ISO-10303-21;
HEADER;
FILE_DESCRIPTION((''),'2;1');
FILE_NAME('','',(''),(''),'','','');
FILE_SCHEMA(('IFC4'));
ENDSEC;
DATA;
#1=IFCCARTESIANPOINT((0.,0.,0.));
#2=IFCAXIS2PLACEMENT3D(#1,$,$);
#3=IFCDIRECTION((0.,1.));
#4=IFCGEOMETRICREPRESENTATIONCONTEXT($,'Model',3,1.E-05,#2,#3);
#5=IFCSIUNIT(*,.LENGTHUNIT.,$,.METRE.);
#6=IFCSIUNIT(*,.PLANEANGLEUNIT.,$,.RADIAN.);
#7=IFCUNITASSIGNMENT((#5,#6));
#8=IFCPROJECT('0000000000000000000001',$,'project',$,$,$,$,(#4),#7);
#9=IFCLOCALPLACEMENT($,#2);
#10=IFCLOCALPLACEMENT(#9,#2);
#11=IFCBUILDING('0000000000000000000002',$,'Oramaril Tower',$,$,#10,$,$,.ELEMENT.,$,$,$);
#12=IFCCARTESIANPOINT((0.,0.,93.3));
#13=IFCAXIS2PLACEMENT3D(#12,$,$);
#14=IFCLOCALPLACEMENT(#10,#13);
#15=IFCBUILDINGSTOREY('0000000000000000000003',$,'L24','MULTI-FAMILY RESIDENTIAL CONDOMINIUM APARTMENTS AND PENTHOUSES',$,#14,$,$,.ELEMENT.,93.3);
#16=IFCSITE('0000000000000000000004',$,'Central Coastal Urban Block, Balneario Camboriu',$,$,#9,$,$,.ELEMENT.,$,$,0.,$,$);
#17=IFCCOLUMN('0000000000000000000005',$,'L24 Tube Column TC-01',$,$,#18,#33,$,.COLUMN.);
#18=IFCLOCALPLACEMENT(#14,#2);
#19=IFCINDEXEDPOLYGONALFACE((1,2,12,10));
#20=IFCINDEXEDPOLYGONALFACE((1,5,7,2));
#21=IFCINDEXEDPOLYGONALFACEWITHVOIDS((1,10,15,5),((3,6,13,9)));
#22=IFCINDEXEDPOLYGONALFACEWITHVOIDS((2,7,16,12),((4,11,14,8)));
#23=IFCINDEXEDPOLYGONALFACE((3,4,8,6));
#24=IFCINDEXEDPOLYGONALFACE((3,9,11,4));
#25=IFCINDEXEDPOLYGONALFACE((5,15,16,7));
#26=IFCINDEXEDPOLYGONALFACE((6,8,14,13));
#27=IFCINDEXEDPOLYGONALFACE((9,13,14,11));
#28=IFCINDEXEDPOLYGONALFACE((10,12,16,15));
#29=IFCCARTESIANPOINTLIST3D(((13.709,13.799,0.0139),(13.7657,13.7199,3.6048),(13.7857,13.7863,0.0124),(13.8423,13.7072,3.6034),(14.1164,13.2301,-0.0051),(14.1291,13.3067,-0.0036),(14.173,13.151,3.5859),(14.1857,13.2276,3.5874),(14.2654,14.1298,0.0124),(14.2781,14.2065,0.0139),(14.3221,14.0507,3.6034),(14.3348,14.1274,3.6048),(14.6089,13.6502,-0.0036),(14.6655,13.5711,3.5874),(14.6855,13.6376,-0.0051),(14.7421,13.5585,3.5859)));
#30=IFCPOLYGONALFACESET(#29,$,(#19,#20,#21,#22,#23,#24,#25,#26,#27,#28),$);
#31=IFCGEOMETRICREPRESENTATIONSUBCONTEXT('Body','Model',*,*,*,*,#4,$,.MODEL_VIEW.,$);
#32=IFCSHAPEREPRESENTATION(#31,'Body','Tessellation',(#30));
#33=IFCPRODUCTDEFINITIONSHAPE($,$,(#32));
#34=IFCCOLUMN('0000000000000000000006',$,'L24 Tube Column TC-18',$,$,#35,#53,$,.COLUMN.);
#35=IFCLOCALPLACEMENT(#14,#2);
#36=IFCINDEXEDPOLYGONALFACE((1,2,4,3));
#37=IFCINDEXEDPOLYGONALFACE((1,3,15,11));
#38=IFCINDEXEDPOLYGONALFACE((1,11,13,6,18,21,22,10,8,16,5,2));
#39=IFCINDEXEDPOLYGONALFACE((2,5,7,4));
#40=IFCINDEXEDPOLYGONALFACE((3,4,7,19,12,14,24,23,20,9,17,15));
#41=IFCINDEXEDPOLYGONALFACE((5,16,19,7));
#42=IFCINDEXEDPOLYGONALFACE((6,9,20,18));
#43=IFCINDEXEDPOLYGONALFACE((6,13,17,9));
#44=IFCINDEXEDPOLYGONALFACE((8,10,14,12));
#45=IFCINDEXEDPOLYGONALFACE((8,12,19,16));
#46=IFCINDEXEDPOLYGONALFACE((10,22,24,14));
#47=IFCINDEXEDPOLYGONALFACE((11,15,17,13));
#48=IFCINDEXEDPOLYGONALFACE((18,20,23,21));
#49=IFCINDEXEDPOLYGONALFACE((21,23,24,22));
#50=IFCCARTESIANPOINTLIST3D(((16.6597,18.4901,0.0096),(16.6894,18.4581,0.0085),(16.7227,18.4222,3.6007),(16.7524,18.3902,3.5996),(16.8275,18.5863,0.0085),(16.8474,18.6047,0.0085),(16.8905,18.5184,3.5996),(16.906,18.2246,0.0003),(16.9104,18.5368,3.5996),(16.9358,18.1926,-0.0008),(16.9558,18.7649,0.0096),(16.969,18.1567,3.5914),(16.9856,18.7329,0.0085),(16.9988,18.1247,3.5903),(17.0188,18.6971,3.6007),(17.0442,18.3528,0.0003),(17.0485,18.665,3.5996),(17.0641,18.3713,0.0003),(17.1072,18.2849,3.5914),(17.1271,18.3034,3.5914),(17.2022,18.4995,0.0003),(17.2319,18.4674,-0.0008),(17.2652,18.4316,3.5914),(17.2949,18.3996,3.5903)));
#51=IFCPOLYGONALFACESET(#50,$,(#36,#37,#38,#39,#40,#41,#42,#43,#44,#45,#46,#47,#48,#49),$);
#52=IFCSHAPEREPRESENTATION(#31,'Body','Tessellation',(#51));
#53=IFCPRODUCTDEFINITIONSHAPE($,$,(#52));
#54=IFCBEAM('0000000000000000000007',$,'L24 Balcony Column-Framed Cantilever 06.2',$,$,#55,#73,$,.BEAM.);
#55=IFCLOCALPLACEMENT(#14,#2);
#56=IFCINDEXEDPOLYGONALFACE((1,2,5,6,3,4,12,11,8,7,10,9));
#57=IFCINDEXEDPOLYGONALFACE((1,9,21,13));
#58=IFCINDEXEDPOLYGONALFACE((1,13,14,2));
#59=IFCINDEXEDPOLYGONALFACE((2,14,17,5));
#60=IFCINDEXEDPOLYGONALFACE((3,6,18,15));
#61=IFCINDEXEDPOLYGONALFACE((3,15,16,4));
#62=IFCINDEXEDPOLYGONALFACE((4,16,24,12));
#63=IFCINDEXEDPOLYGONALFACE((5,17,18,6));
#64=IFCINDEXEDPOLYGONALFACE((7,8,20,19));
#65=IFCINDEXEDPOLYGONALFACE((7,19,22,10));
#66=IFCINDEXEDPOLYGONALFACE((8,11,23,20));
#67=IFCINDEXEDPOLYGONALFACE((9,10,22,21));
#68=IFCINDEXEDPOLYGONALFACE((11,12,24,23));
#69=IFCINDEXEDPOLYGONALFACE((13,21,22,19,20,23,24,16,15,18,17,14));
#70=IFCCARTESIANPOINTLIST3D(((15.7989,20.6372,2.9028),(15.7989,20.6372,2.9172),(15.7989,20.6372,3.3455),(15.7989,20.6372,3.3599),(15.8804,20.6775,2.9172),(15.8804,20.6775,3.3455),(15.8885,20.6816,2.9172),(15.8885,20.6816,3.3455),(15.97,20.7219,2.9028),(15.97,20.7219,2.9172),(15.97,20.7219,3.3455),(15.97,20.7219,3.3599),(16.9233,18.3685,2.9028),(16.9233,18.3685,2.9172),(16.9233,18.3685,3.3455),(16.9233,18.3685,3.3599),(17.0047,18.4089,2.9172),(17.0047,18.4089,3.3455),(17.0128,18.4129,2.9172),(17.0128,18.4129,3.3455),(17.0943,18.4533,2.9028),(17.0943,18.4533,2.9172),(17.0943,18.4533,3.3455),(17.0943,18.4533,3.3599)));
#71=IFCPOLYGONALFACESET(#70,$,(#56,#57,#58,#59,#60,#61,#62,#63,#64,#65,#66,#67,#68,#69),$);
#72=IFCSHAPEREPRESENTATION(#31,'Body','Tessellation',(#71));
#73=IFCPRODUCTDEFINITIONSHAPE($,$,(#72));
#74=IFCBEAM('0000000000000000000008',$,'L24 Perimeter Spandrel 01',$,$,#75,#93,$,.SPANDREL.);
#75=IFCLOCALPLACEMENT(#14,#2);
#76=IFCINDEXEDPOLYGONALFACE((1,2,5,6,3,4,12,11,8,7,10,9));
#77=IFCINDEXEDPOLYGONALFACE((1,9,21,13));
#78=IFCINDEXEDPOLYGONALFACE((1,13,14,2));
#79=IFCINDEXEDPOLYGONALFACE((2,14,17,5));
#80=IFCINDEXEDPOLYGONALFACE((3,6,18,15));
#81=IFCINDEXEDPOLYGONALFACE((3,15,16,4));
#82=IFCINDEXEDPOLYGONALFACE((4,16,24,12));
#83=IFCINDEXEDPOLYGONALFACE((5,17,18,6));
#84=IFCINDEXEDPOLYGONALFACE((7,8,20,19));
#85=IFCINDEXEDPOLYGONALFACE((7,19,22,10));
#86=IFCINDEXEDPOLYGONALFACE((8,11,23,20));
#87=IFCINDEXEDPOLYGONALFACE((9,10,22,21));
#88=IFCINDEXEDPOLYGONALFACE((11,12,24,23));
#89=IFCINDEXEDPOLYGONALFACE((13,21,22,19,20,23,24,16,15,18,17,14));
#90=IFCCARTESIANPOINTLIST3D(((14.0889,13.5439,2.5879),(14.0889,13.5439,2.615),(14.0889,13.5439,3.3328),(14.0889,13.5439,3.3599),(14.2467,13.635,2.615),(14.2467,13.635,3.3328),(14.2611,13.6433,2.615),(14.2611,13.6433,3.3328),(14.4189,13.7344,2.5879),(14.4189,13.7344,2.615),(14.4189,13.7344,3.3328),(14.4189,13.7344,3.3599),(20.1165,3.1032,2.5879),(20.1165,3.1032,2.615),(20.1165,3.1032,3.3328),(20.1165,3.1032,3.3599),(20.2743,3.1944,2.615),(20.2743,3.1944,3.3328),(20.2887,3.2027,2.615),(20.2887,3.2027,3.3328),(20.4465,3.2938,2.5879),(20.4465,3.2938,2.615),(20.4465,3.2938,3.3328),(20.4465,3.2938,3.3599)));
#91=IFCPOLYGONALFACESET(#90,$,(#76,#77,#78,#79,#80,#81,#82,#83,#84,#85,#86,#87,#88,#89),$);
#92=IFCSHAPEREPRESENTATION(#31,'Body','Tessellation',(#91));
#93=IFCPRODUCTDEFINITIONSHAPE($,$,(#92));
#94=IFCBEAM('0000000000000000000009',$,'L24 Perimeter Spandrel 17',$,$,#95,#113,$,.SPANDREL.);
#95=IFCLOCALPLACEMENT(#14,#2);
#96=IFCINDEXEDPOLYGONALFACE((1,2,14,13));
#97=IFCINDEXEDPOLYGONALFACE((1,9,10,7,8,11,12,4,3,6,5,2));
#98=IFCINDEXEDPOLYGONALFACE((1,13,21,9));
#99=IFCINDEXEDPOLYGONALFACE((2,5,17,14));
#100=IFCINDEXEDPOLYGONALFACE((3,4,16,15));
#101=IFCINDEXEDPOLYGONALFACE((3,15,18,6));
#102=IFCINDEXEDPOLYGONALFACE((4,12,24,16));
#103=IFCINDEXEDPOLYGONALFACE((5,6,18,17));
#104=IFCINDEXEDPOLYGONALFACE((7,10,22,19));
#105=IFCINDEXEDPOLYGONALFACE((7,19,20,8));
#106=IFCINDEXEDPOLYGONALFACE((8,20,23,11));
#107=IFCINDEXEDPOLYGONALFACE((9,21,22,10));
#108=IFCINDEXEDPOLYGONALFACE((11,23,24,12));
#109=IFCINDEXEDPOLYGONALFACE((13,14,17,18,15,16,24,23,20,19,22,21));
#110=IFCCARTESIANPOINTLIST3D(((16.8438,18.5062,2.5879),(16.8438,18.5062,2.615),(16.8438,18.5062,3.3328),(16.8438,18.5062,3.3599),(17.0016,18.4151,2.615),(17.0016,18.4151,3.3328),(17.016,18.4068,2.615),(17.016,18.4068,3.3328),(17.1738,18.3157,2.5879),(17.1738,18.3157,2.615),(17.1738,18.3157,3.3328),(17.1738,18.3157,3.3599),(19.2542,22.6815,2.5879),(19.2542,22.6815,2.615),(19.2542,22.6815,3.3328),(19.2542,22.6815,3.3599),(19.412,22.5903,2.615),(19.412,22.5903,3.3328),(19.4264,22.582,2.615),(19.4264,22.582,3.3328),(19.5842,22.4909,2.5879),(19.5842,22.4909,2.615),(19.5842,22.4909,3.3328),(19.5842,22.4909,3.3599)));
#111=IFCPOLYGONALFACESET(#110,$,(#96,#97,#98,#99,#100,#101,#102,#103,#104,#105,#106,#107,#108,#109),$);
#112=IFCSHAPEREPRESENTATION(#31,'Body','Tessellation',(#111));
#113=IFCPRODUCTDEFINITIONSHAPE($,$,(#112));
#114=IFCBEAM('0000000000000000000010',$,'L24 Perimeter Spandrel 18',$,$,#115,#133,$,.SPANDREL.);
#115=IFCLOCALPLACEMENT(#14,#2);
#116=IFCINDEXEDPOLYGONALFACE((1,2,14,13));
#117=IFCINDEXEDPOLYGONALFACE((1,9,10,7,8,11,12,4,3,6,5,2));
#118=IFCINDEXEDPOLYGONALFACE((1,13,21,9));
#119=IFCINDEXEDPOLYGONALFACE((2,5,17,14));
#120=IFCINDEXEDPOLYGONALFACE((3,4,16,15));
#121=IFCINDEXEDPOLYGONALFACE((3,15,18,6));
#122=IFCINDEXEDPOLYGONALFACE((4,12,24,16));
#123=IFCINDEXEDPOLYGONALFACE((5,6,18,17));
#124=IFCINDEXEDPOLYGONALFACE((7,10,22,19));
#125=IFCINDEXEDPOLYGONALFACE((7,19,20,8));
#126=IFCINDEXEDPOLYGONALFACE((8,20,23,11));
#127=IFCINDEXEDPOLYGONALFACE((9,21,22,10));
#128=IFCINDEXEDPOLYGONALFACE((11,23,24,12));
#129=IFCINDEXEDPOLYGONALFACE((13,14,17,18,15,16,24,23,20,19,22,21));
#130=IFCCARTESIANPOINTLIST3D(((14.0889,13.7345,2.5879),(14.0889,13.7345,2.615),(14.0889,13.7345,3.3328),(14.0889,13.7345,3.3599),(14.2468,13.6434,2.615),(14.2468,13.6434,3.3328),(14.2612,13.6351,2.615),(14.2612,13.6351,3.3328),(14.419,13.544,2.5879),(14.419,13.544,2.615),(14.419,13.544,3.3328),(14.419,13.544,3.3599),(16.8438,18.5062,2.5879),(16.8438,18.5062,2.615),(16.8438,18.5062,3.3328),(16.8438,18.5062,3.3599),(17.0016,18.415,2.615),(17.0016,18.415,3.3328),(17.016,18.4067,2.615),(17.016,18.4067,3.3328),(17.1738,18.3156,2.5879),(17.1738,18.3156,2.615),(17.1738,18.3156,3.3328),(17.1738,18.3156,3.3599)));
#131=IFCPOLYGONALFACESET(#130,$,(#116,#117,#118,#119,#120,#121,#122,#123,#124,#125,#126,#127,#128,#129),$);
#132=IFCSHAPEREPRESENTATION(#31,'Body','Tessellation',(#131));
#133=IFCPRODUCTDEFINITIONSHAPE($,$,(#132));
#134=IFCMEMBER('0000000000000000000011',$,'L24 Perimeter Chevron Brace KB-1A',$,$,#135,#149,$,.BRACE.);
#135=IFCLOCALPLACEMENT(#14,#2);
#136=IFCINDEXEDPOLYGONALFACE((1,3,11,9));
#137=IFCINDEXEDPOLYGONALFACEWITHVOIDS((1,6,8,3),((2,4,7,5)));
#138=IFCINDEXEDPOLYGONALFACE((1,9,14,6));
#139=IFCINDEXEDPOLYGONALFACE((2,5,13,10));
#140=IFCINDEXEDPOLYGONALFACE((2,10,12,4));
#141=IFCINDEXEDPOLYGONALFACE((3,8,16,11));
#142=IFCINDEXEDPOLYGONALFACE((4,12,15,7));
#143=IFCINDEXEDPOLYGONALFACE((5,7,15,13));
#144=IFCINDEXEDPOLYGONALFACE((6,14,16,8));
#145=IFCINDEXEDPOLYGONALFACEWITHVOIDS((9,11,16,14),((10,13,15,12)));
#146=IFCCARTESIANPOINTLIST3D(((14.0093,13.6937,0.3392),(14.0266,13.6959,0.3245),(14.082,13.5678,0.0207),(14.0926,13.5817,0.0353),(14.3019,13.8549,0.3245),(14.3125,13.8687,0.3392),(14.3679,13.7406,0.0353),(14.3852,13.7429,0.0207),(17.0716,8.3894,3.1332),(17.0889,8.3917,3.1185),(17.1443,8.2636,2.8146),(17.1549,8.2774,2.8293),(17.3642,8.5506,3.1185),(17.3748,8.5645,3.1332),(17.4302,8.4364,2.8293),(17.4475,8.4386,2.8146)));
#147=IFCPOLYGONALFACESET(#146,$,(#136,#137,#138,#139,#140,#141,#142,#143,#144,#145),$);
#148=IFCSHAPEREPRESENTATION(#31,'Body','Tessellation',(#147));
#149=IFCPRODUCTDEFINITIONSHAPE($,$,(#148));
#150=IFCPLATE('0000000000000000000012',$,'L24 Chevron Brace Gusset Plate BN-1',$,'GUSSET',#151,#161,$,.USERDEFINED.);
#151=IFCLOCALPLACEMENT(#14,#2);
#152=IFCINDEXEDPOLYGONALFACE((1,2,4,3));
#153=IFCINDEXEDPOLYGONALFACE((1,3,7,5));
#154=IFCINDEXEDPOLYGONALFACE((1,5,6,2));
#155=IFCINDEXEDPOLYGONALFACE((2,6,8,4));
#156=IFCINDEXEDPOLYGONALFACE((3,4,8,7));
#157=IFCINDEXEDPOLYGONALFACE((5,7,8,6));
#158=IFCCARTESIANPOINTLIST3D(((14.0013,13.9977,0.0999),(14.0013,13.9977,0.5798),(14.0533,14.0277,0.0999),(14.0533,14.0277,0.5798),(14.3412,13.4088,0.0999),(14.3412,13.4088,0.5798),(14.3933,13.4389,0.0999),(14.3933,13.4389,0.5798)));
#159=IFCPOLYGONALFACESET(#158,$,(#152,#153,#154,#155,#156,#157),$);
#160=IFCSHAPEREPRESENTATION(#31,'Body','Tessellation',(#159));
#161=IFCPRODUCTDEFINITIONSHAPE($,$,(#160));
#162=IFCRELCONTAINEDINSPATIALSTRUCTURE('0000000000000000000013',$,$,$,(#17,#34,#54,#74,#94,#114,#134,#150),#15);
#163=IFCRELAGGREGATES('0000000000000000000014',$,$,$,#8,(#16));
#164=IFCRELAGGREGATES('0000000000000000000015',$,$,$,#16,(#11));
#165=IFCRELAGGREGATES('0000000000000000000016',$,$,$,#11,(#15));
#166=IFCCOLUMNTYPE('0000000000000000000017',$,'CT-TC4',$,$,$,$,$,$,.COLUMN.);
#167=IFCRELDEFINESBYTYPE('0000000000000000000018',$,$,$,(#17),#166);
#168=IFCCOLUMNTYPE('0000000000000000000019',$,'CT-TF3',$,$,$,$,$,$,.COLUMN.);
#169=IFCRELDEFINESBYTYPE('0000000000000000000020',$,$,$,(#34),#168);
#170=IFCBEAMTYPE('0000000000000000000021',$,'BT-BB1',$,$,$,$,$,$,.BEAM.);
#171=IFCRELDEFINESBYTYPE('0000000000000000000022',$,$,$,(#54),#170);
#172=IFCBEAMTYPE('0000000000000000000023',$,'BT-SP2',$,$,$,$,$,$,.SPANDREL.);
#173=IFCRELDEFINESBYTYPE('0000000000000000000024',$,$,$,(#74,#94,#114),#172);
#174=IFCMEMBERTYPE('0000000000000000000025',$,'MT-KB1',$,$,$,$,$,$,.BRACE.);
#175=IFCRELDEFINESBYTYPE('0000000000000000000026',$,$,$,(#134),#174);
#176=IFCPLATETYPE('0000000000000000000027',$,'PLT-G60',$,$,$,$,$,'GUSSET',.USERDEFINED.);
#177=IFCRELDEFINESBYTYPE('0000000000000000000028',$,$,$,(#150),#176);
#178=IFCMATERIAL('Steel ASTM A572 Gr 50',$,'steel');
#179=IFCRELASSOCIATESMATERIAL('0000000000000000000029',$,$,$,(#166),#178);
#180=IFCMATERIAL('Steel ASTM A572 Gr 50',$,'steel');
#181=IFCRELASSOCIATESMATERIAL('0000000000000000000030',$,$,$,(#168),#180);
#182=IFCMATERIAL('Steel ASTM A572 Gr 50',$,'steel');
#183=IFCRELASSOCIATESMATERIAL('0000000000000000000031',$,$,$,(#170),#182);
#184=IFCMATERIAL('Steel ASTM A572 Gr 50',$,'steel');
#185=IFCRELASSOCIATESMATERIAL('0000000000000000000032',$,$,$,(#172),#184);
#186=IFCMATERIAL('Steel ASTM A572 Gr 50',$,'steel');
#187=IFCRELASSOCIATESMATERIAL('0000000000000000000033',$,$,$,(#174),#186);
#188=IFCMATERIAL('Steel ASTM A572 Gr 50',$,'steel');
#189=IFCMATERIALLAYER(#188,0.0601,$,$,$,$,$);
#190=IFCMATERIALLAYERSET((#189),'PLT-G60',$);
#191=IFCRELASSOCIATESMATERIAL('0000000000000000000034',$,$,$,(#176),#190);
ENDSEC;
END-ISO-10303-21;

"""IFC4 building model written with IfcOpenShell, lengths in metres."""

from ifc_helpers import new_model, si_unit, direction, frame, origin, origin_2d, place, context, subcontext, project, spatial, rectangle, hollow_rectangle, i_section, extrude, material, layer, layer_set, material_profile, profile_set, type_object, element, save


model = new_model("IFC4")

# Units and contexts
model_context = context("Model", 3, precision=1e-05, world=origin(), true_north=direction((0.0, 1.0)))
body_context = subcontext(model_context, "Body", "Model", "MODEL_VIEW")
ifc_project = project(units=[si_unit("LENGTHUNIT", "METRE"), si_unit("PLANEANGLEUNIT", "RADIAN")], contexts=[model_context])

# Site, building, storey
site_placement = place(None, origin())
site = spatial("IfcSite", under=ifc_project, at=site_placement, Name="Central Coastal Urban Block, Balneario Camboriu", CompositionType="ELEMENT", RefElevation=0.0)
building_placement = place(site_placement, origin())
building = spatial("IfcBuilding", under=site, at=building_placement, Name="Oramaril Tower", CompositionType="ELEMENT")
storey_placement = place(building_placement, frame((0.0, 0.0, 93.3)))
storey = spatial("IfcBuildingStorey", under=building, at=storey_placement, Name="L24", Description="MULTI-FAMILY RESIDENTIAL CONDOMINIUM APARTMENTS AND PENTHOUSES", CompositionType="ELEMENT", Elevation=93.3)

# Columns
ifc_material_1 = material(Name="Steel ASTM A572 Gr 50", Category="steel")
ifc_material_profile_1 = material_profile(ifc_material_1, hollow_rectangle(XDim=0.7, YDim=0.7, WallThickness=0.0549, at=origin_2d()), Name="BOX700X700X55")
ifc_profile_set_1 = profile_set([ifc_material_profile_1], Name="Steel ASTM A572 Gr 50")
column_type_1 = type_object("IfcColumnType", Name="CT-TC4", PredefinedType="COLUMN", material=ifc_profile_set_1)
column_1_placement = place(storey_placement, frame((14.1973, 13.7183, 0.0044), z_axis=(0.015767, -0.022019, 0.999633), x_axis=(0.813055, 0.582187, 0.0)))
element("IfcColumn", 1, at=column_1_placement, inside=storey, type_object=column_type_1, Name="L24 Tube Column TC-01", PredefinedType="COLUMN", context=body_context, shape_type="SweptSolid", body=[
    extrude(hollow_rectangle(XDim=0.7, YDim=0.7, WallThickness=0.0549, at=origin_2d()), origin(), (0.0, 0.0, 1.0), 3.5923),
])
ifc_material_2 = material(Name="Steel ASTM A572 Gr 50", Category="steel")
ifc_material_profile_2 = material_profile(ifc_material_2, i_section(OverallWidth=0.4041, OverallDepth=0.406, WebThickness=0.0271, FlangeThickness=0.0437, at=origin_2d()), Name="W14X233")
ifc_profile_set_2 = profile_set([ifc_material_profile_2], Name="Steel ASTM A572 Gr 50")
column_type_2 = type_object("IfcColumnType", Name="CT-TF3", PredefinedType="COLUMN", material=ifc_profile_set_2)
column_2_placement = place(storey_placement, frame((16.9458, 18.4788, 0.0044), z_axis=(0.017534, -0.018894, 0.999668), x_axis=(0.732981, 0.680249, 0.0)))
element("IfcColumn", 2, at=column_2_placement, inside=storey, type_object=column_type_2, Name="L24 Tube Column TC-18", PredefinedType="COLUMN", context=body_context, shape_type="SweptSolid", body=[
    extrude(i_section(OverallWidth=0.4041, OverallDepth=0.406, WebThickness=0.0271, FlangeThickness=0.0437, at=origin_2d()), origin(), (0.0, 0.0, 1.0), 3.5923),
])

# Beams
ifc_material_3 = material(Name="Steel ASTM A572 Gr 50", Category="steel")
ifc_material_profile_3 = material_profile(ifc_material_3, i_section(OverallWidth=0.1909, OverallDepth=0.457, WebThickness=0.009, FlangeThickness=0.0144, at=origin_2d()), Name="W18X50")
ifc_profile_set_3 = profile_set([ifc_material_profile_3], Name="Steel ASTM A572 Gr 50")
beam_type_1 = type_object("IfcBeamType", Name="BT-BB1", PredefinedType="BEAM", material=ifc_profile_set_3)
beam_1_placement = place(storey_placement, frame((17.0088, 18.4109, 3.1313), z_axis=(-0.444048, 0.896003, 0.0), x_axis=(-0.896003, -0.444048, 0.0)))
element("IfcBeam", 3, at=beam_1_placement, inside=storey, type_object=beam_type_1, Name="L24 Balcony Column-Framed Cantilever 06.2", PredefinedType="BEAM", context=body_context, shape_type="SweptSolid", body=[
    extrude(i_section(OverallWidth=0.1909, OverallDepth=0.457, WebThickness=0.009, FlangeThickness=0.0144, at=origin_2d()), origin(), (0.0, 0.0, 1.0), 2.532),
])
ifc_material_4 = material(Name="Steel ASTM A572 Gr 50", Category="steel")
ifc_material_profile_4 = material_profile(ifc_material_4, i_section(OverallWidth=0.3811, OverallDepth=0.772, WebThickness=0.0166, FlangeThickness=0.0271, at=origin_2d()), Name="W30X173")
ifc_profile_set_4 = profile_set([ifc_material_profile_4], Name="Steel ASTM A572 Gr 50")
beam_type_2 = type_object("IfcBeamType", Name="BT-SP2", PredefinedType="SPANDREL", material=ifc_profile_set_4)
beam_2_placement = place(storey_placement, frame((14.2539, 13.6392, 2.9739), z_axis=(0.499979, -0.866038, 0.0), x_axis=(0.866038, 0.499979, 0.0)))
element("IfcBeam", 4, at=beam_2_placement, inside=storey, type_object=beam_type_2, Name="L24 Perimeter Spandrel 01", PredefinedType="SPANDREL", context=body_context, shape_type="SweptSolid", body=[
    extrude(i_section(OverallWidth=0.3811, OverallDepth=0.772, WebThickness=0.0166, FlangeThickness=0.0271, at=origin_2d()), origin(), (0.0, 0.0, 1.0), 12.0557),
])
beam_3_placement = place(storey_placement, frame((19.4192, 22.5862, 2.9739), z_axis=(-0.499968, -0.866044, 0.0), x_axis=(0.866044, -0.499968, 0.0)))
element("IfcBeam", 5, at=beam_3_placement, inside=storey, type_object=beam_type_2, Name="L24 Perimeter Spandrel 17", PredefinedType="SPANDREL", context=body_context, shape_type="SweptSolid", body=[
    extrude(i_section(OverallWidth=0.3811, OverallDepth=0.772, WebThickness=0.0166, FlangeThickness=0.0271, at=origin_2d()), origin(), (0.0, 0.0, 1.0), 4.821),
])
beam_4_placement = place(storey_placement, frame((17.0088, 18.4109, 2.9739), z_axis=(-0.49999, -0.866031, 0.0), x_axis=(0.866031, -0.49999, 0.0)))
element("IfcBeam", 6, at=beam_4_placement, inside=storey, type_object=beam_type_2, Name="L24 Perimeter Spandrel 18", PredefinedType="SPANDREL", context=body_context, shape_type="SweptSolid", body=[
    extrude(i_section(OverallWidth=0.3811, OverallDepth=0.772, WebThickness=0.0166, FlangeThickness=0.0271, at=origin_2d()), origin(), (0.0, 0.0, 1.0), 5.5098),
])

# Member
ifc_material_5 = material(Name="Steel ASTM A572 Gr 50", Category="steel")
ifc_material_profile_5 = material_profile(ifc_material_5, hollow_rectangle(XDim=0.3501, YDim=0.3501, WallThickness=0.0161, at=origin_2d()), Name="HSS350X350X16")
ifc_profile_set_5 = profile_set([ifc_material_profile_5], Name="Steel ASTM A572 Gr 50")
member_type = type_object("IfcMemberType", Name="MT-KB1", PredefinedType="BRACE", material=ifc_profile_set_5)
member_placement = place(storey_placement, frame((14.1973, 13.7183, 0.1799), z_axis=(0.454889, -0.787924, 0.415033), x_axis=(0.866034, 0.499985, 0.0)))
element("IfcMember", 7, at=member_placement, inside=storey, type_object=member_type, Name="L24 Perimeter Chevron Brace KB-1A", PredefinedType="BRACE", context=body_context, shape_type="SweptSolid", body=[
    extrude(hollow_rectangle(XDim=0.3501, YDim=0.3501, WallThickness=0.0161, at=origin_2d()), origin(), (0.0, 0.0, 1.0), 6.7319),
])

# Plate
ifc_material_6 = material(Name="Steel ASTM A572 Gr 50", Category="steel")
ifc_layer_1 = layer(ifc_material_6, 0.0601)
ifc_layer_set_1 = layer_set([ifc_layer_1], Name="PLT-G60")
plate_type = type_object("IfcPlateType", Name="PLT-G60", ElementType="GUSSET", PredefinedType="USERDEFINED", material=ifc_layer_set_1)
plate_placement = place(storey_placement, frame((14.1973, 13.7183, 0.0999), z_axis=(0.0, 0.0, 1.0), x_axis=(0.5, -0.866025, 0.0)))
element("IfcPlate", 8, at=plate_placement, inside=storey, type_object=plate_type, Name="L24 Chevron Brace Gusset Plate BN-1", ObjectType="GUSSET", PredefinedType="USERDEFINED", context=body_context, shape_type="SweptSolid", body=[
    extrude(rectangle(XDim=0.6799, YDim=0.0601, at=origin_2d()), origin(), (0.0, 0.0, 1.0), 0.48),
])

save(model, "model.ifc")
